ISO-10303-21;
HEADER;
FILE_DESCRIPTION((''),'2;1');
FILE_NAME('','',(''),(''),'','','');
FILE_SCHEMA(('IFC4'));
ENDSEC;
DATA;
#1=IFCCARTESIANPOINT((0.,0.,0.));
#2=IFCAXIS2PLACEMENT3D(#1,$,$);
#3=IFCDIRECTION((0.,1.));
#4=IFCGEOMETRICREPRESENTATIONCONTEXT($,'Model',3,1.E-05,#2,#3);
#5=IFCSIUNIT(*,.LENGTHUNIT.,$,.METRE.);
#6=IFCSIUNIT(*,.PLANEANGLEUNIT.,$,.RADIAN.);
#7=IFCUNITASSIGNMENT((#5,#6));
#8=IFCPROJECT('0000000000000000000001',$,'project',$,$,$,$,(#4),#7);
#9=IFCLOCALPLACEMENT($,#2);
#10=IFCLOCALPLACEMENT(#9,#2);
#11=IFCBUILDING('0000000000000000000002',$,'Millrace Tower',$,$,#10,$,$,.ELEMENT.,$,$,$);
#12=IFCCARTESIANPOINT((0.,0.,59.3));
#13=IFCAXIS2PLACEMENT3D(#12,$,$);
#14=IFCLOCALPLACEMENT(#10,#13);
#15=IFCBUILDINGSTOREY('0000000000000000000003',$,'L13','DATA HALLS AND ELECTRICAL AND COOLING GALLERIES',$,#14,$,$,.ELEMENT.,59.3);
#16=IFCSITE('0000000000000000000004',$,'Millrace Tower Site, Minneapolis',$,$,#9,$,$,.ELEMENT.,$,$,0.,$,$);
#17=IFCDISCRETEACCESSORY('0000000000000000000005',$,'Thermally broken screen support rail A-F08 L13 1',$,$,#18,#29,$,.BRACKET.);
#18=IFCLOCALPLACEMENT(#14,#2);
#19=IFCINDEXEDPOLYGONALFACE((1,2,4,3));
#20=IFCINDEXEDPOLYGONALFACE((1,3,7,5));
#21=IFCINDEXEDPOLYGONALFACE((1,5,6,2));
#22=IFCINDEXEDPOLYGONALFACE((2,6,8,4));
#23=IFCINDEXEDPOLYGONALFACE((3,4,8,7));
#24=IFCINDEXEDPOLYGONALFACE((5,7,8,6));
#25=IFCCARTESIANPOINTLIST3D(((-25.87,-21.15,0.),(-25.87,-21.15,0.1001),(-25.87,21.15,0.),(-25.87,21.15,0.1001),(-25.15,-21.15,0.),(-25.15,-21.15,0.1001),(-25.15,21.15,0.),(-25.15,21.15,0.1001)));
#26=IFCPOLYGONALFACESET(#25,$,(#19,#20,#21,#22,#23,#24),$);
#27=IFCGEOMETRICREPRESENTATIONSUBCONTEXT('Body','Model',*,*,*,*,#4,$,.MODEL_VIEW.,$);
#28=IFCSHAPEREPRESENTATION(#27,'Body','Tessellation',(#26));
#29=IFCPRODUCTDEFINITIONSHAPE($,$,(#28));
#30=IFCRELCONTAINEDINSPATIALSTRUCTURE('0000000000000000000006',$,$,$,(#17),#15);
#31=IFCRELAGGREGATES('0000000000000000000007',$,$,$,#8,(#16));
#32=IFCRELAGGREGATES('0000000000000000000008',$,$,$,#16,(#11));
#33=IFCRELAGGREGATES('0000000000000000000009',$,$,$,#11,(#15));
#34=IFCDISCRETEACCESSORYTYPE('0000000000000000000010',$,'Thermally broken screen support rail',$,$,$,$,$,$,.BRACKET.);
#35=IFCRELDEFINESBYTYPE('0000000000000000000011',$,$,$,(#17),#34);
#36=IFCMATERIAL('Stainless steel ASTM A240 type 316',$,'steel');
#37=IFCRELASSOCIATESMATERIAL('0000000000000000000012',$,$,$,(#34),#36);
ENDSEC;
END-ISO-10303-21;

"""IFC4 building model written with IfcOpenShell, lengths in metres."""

from ifc_helpers import new_model, si_unit, direction, frame, origin, origin_2d, place, context, subcontext, project, spatial, rectangle, extrude, material, type_object, element, save


model = new_model("IFC4")

# Units and contexts
model_context = context("Model", 3, precision=1e-05, world=origin(), true_north=direction((0.0, 1.0)))
body_context = subcontext(model_context, "Body", "Model", "MODEL_VIEW")
ifc_project = project(units=[si_unit("LENGTHUNIT", "METRE"), si_unit("PLANEANGLEUNIT", "RADIAN")], contexts=[model_context])

# Site, building, storey
site_placement = place(None, origin())
site = spatial("IfcSite", under=ifc_project, at=site_placement, Name="Millrace Tower Site, Minneapolis", CompositionType="ELEMENT", RefElevation=0.0)
building_placement = place(site_placement, origin())
building = spatial("IfcBuilding", under=site, at=building_placement, Name="Millrace Tower", CompositionType="ELEMENT")
storey_placement = place(building_placement, frame((0.0, 0.0, 59.3)))
storey = spatial("IfcBuildingStorey", under=building, at=storey_placement, Name="L13", Description="DATA HALLS AND ELECTRICAL AND COOLING GALLERIES", CompositionType="ELEMENT", Elevation=59.3)

# Discrete accessory
ifc_material_1 = material(Name="Stainless steel ASTM A240 type 316", Category="steel")
discrete_accessory_type = type_object("IfcDiscreteAccessoryType", Name="Thermally broken screen support rail", PredefinedType="BRACKET", material=ifc_material_1)
discrete_accessory_placement = place(storey_placement, frame((-25.51, 0.0, 0.0), z_axis=(0.0, 0.0, 1.0), x_axis=(0.0, -1.0, 0.0)))
element("IfcDiscreteAccessory", 1, at=discrete_accessory_placement, inside=storey, type_object=discrete_accessory_type, Name="Thermally broken screen support rail A-F08 L13 1", PredefinedType="BRACKET", context=body_context, shape_type="SweptSolid", body=[
    extrude(rectangle(XDim=42.3, YDim=0.72, at=origin_2d()), origin(), (0.0, 0.0, 1.0), 0.1001),
])

save(model, "model.ifc")
